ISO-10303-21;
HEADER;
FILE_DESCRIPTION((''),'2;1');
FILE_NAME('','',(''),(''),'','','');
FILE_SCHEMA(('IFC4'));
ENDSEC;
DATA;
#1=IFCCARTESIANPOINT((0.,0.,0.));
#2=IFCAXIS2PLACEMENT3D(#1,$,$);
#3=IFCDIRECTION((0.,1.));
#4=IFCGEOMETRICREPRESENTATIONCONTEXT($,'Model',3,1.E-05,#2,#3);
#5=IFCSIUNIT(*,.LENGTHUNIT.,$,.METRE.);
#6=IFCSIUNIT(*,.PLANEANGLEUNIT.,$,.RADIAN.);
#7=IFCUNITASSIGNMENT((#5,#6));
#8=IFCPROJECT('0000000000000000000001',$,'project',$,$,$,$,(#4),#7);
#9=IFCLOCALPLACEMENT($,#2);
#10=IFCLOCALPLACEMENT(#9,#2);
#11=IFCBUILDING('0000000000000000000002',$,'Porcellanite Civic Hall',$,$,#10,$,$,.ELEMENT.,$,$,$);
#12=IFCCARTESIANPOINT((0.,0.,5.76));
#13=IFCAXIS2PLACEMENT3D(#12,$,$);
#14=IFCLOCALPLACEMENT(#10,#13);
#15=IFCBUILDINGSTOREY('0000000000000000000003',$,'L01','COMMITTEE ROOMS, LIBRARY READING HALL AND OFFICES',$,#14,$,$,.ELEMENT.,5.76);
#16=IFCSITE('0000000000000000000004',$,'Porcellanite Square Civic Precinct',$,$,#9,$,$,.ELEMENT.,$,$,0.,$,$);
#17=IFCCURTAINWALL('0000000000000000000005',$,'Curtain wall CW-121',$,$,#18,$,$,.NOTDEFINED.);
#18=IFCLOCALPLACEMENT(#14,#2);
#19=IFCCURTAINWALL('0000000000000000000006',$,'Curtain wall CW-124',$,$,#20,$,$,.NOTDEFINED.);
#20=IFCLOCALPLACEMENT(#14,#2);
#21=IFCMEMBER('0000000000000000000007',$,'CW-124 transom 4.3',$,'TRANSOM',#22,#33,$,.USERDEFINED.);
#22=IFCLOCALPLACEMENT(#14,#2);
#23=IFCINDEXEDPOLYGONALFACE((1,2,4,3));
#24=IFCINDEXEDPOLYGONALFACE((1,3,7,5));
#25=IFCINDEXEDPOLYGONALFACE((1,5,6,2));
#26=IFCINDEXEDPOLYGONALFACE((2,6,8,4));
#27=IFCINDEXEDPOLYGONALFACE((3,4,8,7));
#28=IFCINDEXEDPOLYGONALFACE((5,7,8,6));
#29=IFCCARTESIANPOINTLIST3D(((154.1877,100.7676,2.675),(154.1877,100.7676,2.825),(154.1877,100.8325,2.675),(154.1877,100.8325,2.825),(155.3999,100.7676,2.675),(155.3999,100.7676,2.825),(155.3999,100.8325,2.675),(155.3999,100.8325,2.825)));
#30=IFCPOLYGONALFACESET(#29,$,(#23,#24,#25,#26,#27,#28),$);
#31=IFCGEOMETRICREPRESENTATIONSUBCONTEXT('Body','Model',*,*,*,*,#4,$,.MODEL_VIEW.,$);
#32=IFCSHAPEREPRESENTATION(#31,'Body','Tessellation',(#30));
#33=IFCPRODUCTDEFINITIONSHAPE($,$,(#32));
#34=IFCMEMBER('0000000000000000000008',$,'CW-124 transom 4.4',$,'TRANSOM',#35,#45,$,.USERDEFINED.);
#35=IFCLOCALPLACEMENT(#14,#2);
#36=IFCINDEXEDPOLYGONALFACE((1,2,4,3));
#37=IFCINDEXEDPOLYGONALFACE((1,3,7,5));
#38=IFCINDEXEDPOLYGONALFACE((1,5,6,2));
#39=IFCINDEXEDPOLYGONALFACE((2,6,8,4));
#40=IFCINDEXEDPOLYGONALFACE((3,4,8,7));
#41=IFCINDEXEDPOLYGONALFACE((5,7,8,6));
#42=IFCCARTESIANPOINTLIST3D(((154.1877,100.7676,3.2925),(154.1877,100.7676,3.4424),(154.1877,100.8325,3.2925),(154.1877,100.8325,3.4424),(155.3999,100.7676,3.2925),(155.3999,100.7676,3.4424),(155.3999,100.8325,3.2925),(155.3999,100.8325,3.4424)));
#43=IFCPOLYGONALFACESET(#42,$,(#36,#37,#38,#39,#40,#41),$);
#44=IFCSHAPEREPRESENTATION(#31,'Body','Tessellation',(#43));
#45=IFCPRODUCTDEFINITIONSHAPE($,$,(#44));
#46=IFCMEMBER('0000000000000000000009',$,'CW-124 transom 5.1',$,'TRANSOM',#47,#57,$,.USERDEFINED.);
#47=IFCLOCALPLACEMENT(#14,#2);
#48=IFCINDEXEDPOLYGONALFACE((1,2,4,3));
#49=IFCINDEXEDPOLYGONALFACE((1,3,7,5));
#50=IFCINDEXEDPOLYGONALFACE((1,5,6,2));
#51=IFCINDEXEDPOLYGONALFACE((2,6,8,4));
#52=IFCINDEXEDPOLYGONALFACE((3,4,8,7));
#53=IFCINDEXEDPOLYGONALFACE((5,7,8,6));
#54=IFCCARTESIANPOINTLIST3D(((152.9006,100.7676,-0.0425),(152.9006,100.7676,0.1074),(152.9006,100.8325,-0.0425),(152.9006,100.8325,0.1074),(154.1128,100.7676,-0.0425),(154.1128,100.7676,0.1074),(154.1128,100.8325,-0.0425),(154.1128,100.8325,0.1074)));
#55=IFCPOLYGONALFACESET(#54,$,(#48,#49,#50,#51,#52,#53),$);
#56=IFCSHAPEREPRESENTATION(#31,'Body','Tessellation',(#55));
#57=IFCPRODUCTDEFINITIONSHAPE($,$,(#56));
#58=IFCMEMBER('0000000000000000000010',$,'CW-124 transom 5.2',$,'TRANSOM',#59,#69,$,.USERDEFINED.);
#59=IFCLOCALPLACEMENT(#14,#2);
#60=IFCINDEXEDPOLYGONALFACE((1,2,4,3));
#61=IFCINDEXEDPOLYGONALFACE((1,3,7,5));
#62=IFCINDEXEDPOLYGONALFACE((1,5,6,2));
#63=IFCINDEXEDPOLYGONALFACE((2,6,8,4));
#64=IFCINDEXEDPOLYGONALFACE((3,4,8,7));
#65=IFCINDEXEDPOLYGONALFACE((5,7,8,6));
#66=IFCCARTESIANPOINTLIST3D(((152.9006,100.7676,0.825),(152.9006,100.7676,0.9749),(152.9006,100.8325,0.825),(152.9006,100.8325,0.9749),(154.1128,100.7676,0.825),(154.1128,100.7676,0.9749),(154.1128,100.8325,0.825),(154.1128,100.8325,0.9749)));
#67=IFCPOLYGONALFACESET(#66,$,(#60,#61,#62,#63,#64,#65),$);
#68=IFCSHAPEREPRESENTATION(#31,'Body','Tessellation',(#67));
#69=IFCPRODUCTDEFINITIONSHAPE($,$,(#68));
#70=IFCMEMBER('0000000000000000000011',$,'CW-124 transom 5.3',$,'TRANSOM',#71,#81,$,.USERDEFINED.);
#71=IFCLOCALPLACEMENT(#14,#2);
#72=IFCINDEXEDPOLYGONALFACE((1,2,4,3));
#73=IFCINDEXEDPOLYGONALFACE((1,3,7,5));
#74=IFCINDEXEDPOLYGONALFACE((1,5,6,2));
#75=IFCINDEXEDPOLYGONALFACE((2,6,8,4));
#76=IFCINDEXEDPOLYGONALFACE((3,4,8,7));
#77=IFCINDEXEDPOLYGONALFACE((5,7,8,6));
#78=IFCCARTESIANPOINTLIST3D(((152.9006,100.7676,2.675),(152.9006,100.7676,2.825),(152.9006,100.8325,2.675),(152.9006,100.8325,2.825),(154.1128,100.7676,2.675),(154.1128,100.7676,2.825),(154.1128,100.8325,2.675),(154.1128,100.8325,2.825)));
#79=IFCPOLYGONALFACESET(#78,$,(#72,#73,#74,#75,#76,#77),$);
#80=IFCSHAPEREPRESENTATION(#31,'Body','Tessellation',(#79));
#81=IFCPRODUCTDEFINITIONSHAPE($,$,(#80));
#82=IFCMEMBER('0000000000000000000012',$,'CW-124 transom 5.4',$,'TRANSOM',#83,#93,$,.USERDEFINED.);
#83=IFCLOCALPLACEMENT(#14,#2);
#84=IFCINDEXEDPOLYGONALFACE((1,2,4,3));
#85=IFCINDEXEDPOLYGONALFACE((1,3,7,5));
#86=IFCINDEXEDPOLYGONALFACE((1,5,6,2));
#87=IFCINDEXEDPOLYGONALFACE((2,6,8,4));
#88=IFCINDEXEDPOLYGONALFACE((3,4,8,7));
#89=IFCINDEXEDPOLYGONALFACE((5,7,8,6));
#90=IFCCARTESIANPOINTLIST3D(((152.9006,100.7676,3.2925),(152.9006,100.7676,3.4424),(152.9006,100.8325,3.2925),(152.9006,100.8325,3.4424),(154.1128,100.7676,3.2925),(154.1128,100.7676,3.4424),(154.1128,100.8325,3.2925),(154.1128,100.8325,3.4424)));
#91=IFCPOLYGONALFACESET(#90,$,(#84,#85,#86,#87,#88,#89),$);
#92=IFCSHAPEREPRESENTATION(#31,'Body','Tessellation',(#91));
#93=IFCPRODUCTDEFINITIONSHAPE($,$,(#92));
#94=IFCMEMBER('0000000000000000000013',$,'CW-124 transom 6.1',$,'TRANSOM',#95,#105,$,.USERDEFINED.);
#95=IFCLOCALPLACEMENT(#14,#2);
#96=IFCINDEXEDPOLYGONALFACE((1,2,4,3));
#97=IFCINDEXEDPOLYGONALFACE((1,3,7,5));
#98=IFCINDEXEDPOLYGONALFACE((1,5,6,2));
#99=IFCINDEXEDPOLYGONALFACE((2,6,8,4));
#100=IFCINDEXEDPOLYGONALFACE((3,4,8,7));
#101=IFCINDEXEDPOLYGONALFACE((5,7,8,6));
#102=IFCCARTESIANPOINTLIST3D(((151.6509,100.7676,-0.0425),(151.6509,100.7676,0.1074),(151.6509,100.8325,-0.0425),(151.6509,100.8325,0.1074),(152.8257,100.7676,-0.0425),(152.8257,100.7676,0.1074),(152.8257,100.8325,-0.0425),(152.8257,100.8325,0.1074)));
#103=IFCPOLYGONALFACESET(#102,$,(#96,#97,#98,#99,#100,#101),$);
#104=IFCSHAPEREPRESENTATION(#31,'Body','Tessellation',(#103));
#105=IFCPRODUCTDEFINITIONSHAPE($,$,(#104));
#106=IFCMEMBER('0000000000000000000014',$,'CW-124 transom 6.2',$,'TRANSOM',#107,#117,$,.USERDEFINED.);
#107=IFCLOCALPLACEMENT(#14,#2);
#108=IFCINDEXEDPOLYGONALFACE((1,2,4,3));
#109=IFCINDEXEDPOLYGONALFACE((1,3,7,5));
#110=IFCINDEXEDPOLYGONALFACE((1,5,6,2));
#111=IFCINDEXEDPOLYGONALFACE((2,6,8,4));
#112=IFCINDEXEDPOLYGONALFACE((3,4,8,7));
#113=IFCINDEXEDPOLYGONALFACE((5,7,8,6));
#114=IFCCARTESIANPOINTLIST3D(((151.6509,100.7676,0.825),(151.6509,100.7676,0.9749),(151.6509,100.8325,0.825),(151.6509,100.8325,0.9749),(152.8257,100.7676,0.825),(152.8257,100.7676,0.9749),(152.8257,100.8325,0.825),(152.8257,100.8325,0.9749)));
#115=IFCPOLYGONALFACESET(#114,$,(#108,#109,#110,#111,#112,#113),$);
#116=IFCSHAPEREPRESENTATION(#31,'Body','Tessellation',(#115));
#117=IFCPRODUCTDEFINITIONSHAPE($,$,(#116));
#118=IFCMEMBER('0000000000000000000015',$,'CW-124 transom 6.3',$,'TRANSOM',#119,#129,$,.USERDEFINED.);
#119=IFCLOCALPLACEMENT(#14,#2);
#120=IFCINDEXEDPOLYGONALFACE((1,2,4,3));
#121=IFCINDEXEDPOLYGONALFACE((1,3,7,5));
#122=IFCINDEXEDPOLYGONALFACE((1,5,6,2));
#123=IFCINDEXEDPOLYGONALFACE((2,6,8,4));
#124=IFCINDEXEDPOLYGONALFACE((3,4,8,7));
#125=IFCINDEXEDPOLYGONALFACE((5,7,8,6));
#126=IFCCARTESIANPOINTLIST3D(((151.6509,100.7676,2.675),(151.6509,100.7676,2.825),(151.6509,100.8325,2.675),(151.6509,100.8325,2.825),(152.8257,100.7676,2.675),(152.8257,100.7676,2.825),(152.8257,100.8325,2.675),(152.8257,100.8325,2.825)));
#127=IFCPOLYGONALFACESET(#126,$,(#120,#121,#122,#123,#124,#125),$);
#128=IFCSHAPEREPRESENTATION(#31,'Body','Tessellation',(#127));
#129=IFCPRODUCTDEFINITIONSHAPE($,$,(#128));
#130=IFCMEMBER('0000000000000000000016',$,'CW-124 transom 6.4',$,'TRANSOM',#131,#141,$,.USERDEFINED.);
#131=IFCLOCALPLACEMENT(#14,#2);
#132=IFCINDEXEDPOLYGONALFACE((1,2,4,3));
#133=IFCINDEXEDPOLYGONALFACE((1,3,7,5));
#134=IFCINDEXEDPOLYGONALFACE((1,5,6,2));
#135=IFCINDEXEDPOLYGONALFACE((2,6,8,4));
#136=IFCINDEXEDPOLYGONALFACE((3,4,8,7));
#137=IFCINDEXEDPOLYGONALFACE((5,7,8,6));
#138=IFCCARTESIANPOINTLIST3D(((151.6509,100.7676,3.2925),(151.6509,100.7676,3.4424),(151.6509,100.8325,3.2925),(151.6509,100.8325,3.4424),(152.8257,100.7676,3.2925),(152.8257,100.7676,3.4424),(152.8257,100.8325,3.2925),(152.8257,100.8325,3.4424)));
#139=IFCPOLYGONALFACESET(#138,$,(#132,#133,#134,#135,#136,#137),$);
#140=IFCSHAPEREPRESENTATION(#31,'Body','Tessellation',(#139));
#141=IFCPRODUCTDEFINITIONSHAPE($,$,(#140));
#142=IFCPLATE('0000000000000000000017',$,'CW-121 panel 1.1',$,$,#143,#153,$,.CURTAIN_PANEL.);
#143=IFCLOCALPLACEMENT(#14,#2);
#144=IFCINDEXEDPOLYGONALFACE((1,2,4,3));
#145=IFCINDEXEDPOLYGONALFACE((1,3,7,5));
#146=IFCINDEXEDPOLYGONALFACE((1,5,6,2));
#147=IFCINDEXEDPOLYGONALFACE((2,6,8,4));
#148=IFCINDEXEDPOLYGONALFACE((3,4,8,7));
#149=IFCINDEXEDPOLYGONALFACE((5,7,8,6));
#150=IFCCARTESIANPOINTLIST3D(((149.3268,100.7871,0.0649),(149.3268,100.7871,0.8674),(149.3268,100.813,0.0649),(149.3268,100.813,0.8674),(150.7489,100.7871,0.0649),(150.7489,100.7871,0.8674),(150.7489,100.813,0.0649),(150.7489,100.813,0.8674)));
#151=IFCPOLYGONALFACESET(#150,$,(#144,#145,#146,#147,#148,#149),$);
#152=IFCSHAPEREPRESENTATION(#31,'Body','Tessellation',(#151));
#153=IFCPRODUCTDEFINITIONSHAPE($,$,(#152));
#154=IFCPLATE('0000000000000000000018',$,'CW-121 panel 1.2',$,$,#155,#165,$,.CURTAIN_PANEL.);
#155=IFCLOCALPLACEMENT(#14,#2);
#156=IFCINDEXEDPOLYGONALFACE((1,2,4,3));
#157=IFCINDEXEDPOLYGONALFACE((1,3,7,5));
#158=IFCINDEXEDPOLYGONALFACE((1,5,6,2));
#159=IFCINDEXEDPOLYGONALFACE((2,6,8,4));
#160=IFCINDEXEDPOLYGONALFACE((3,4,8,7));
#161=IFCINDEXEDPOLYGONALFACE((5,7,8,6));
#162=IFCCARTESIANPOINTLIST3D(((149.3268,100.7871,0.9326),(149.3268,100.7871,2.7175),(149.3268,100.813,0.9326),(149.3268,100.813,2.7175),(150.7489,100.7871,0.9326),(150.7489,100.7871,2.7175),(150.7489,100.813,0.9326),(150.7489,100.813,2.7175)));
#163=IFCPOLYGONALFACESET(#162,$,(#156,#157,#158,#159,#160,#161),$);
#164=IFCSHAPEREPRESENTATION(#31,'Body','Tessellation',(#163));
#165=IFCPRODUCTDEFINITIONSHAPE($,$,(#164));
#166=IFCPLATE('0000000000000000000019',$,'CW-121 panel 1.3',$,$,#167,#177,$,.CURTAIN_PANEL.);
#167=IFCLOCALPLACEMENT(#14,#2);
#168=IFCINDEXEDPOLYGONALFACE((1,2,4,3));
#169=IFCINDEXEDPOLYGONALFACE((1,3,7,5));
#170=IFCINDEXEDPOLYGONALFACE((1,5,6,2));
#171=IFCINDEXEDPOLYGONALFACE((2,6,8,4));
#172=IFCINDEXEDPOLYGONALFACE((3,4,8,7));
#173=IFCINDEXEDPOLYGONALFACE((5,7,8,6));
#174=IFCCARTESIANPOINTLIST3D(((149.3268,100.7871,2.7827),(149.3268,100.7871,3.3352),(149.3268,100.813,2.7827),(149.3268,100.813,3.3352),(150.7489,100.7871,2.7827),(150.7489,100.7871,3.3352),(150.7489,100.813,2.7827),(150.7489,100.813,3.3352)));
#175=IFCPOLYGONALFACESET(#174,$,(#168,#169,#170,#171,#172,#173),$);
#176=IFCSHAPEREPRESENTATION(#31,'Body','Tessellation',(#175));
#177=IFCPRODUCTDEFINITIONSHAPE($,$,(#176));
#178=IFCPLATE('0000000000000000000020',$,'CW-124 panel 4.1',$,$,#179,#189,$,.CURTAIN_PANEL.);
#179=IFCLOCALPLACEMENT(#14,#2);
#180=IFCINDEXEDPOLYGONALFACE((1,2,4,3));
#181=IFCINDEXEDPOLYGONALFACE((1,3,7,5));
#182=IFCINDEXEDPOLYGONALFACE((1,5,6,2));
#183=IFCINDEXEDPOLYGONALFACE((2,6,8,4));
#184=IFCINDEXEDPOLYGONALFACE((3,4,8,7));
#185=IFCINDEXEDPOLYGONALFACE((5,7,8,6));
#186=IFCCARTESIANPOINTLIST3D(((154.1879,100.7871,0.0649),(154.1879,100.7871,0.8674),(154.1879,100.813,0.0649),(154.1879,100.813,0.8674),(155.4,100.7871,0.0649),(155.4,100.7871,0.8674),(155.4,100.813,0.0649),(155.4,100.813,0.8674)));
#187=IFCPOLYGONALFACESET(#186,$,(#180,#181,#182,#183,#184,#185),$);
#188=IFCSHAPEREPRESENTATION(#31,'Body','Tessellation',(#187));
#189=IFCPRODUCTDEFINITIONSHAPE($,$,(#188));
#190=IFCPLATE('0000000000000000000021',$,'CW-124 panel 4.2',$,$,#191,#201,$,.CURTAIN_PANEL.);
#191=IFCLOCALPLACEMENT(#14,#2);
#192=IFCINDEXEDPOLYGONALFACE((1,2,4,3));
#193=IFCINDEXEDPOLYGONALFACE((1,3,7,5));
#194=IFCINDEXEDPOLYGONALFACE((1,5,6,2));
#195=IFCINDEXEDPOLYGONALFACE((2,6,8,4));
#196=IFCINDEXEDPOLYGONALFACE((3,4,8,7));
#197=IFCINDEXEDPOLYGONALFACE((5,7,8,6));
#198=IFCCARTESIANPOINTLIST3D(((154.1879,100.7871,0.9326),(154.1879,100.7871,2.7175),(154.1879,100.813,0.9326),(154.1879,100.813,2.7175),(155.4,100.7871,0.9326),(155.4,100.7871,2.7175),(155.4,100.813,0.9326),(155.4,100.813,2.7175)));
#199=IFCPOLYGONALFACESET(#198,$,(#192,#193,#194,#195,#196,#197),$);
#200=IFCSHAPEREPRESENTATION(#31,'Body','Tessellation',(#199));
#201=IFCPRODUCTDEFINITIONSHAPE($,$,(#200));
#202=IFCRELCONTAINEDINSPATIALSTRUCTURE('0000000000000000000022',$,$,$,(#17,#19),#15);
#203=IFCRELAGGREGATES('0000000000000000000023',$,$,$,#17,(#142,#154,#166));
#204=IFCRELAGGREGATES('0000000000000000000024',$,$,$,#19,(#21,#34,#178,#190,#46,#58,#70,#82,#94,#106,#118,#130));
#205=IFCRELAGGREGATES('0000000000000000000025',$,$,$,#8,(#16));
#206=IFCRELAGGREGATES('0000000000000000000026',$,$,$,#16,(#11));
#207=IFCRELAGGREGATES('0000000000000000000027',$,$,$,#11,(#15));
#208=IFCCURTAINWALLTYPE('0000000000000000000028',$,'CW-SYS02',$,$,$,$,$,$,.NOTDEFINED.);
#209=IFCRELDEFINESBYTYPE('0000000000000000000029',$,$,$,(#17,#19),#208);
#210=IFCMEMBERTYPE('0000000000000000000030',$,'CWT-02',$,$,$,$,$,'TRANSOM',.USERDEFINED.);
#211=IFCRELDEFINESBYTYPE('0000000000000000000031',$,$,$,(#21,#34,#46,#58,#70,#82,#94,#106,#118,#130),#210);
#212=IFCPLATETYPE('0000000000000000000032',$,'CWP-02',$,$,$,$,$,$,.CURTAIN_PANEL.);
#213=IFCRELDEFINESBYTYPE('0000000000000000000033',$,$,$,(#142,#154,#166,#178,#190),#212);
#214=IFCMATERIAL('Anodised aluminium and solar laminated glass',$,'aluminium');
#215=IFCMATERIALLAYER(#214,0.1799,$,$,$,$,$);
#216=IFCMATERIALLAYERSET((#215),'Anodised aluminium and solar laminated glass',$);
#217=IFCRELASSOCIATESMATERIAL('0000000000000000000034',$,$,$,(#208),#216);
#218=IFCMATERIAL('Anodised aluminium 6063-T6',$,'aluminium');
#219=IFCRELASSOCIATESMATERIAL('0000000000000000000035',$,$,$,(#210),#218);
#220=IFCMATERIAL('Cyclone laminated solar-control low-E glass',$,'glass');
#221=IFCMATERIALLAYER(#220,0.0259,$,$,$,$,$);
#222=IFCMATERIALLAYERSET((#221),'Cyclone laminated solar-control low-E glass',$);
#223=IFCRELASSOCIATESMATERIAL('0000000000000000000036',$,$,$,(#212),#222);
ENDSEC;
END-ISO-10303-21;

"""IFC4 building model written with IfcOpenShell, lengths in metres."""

from ifc_helpers import new_model, si_unit, direction, frame, origin, origin_2d, place, context, subcontext, project, spatial, rectangle, extrude, material, layer, layer_set, material_profile, profile_set, type_object, element, aggregate, save


model = new_model("IFC4")

# Units and contexts
model_context = context("Model", 3, precision=1e-05, world=origin(), true_north=direction((0.0, 1.0)))
body_context = subcontext(model_context, "Body", "Model", "MODEL_VIEW")
ifc_project = project(units=[si_unit("LENGTHUNIT", "METRE"), si_unit("PLANEANGLEUNIT", "RADIAN")], contexts=[model_context])

# Site, building, storey
site_placement = place(None, origin())
site = spatial("IfcSite", under=ifc_project, at=site_placement, Name="Porcellanite Square Civic Precinct", CompositionType="ELEMENT", RefElevation=0.0)
building_placement = place(site_placement, origin())
building = spatial("IfcBuilding", under=site, at=building_placement, Name="Porcellanite Civic Hall", CompositionType="ELEMENT")
storey_placement = place(building_placement, frame((0.0, 0.0, 5.76)))
storey = spatial("IfcBuildingStorey", under=building, at=storey_placement, Name="L01", Description="COMMITTEE ROOMS, LIBRARY READING HALL AND OFFICES", CompositionType="ELEMENT", Elevation=5.76)

# Curtain walls
ifc_material_1 = material(Name="Anodised aluminium and solar laminated glass", Category="aluminium")
ifc_layer_1 = layer(ifc_material_1, 0.1799)
ifc_layer_set_1 = layer_set([ifc_layer_1], Name="Anodised aluminium and solar laminated glass")
curtain_wall_type = type_object("IfcCurtainWallType", Name="CW-SYS02", PredefinedType="NOTDEFINED", material=ifc_layer_set_1)
curtain_wall_1_placement = place(storey_placement, origin())
curtain_wall_1 = element("IfcCurtainWall", 1, at=curtain_wall_1_placement, inside=storey, type_object=curtain_wall_type, Name="Curtain wall CW-121", PredefinedType="NOTDEFINED")
curtain_wall_2_placement = place(storey_placement, origin())
curtain_wall_2 = element("IfcCurtainWall", 2, at=curtain_wall_2_placement, inside=storey, type_object=curtain_wall_type, Name="Curtain wall CW-124", PredefinedType="NOTDEFINED")

# Members
ifc_material_2 = material(Name="Anodised aluminium 6063-T6", Category="aluminium")
ifc_material_profile_1 = material_profile(ifc_material_2, rectangle(XDim=0.0649, YDim=0.1499, at=origin_2d()), Name="AL-65x150")
ifc_profile_set_1 = profile_set([ifc_material_profile_1], Name="Anodised aluminium 6063-T6")
member_type_1 = type_object("IfcMemberType", Name="CWT-02", ElementType="TRANSOM", PredefinedType="USERDEFINED", material=ifc_profile_set_1)
member_1_placement = place(storey_placement, frame((155.3999, 100.8, 2.75), z_axis=(-1.0, 0.0, 0.0), x_axis=(0.0, -1.0, 0.0)))
member_1 = element("IfcMember", 3, at=member_1_placement, type_object=member_type_1, Name="CW-124 transom 4.3", ObjectType="TRANSOM", PredefinedType="USERDEFINED", context=body_context, shape_type="SweptSolid", body=[
    extrude(rectangle(XDim=0.0649, YDim=0.1499, at=origin_2d()), origin(), (0.0, 0.0, 1.0), 1.2122),
])
member_2_placement = place(storey_placement, frame((155.3999, 100.8, 3.3674), z_axis=(-1.0, 0.0, 0.0), x_axis=(0.0, -1.0, 0.0)))
member_2 = element("IfcMember", 4, at=member_2_placement, type_object=member_type_1, Name="CW-124 transom 4.4", ObjectType="TRANSOM", PredefinedType="USERDEFINED", context=body_context, shape_type="SweptSolid", body=[
    extrude(rectangle(XDim=0.0649, YDim=0.1499, at=origin_2d()), origin(), (0.0, 0.0, 1.0), 1.2122),
])
member_3_placement = place(storey_placement, frame((154.1128, 100.8, 0.0325), z_axis=(-1.0, 0.0, 0.0), x_axis=(0.0, -1.0, 0.0)))
member_3 = element("IfcMember", 5, at=member_3_placement, type_object=member_type_1, Name="CW-124 transom 5.1", ObjectType="TRANSOM", PredefinedType="USERDEFINED", context=body_context, shape_type="SweptSolid", body=[
    extrude(rectangle(XDim=0.0649, YDim=0.1499, at=origin_2d()), origin(), (0.0, 0.0, 1.0), 1.2122),
])
member_4_placement = place(storey_placement, frame((154.1128, 100.8, 0.8999), z_axis=(-1.0, 0.0, 0.0), x_axis=(0.0, -1.0, 0.0)))
member_4 = element("IfcMember", 6, at=member_4_placement, type_object=member_type_1, Name="CW-124 transom 5.2", ObjectType="TRANSOM", PredefinedType="USERDEFINED", context=body_context, shape_type="SweptSolid", body=[
    extrude(rectangle(XDim=0.0649, YDim=0.1499, at=origin_2d()), origin(), (0.0, 0.0, 1.0), 1.2122),
])
member_5_placement = place(storey_placement, frame((154.1128, 100.8, 2.75), z_axis=(-1.0, 0.0, 0.0), x_axis=(0.0, -1.0, 0.0)))
member_5 = element("IfcMember", 7, at=member_5_placement, type_object=member_type_1, Name="CW-124 transom 5.3", ObjectType="TRANSOM", PredefinedType="USERDEFINED", context=body_context, shape_type="SweptSolid", body=[
    extrude(rectangle(XDim=0.0649, YDim=0.1499, at=origin_2d()), origin(), (0.0, 0.0, 1.0), 1.2122),
])
member_6_placement = place(storey_placement, frame((154.1128, 100.8, 3.3674), z_axis=(-1.0, 0.0, 0.0), x_axis=(0.0, -1.0, 0.0)))
member_6 = element("IfcMember", 8, at=member_6_placement, type_object=member_type_1, Name="CW-124 transom 5.4", ObjectType="TRANSOM", PredefinedType="USERDEFINED", context=body_context, shape_type="SweptSolid", body=[
    extrude(rectangle(XDim=0.0649, YDim=0.1499, at=origin_2d()), origin(), (0.0, 0.0, 1.0), 1.2122),
])
member_7_placement = place(storey_placement, frame((152.8257, 100.8, 0.0325), z_axis=(-1.0, 0.0, 0.0), x_axis=(0.0, -1.0, 0.0)))
member_7 = element("IfcMember", 9, at=member_7_placement, type_object=member_type_1, Name="CW-124 transom 6.1", ObjectType="TRANSOM", PredefinedType="USERDEFINED", context=body_context, shape_type="SweptSolid", body=[
    extrude(rectangle(XDim=0.0649, YDim=0.1499, at=origin_2d()), origin(), (0.0, 0.0, 1.0), 1.1748),
])
member_8_placement = place(storey_placement, frame((152.8257, 100.8, 0.8999), z_axis=(-1.0, 0.0, 0.0), x_axis=(0.0, -1.0, 0.0)))
member_8 = element("IfcMember", 10, at=member_8_placement, type_object=member_type_1, Name="CW-124 transom 6.2", ObjectType="TRANSOM", PredefinedType="USERDEFINED", context=body_context, shape_type="SweptSolid", body=[
    extrude(rectangle(XDim=0.0649, YDim=0.1499, at=origin_2d()), origin(), (0.0, 0.0, 1.0), 1.1748),
])
member_9_placement = place(storey_placement, frame((152.8257, 100.8, 2.75), z_axis=(-1.0, 0.0, 0.0), x_axis=(0.0, -1.0, 0.0)))
member_9 = element("IfcMember", 11, at=member_9_placement, type_object=member_type_1, Name="CW-124 transom 6.3", ObjectType="TRANSOM", PredefinedType="USERDEFINED", context=body_context, shape_type="SweptSolid", body=[
    extrude(rectangle(XDim=0.0649, YDim=0.1499, at=origin_2d()), origin(), (0.0, 0.0, 1.0), 1.1748),
])
member_10_placement = place(storey_placement, frame((152.8257, 100.8, 3.3674), z_axis=(-1.0, 0.0, 0.0), x_axis=(0.0, -1.0, 0.0)))
member_10 = element("IfcMember", 12, at=member_10_placement, type_object=member_type_1, Name="CW-124 transom 6.4", ObjectType="TRANSOM", PredefinedType="USERDEFINED", context=body_context, shape_type="SweptSolid", body=[
    extrude(rectangle(XDim=0.0649, YDim=0.1499, at=origin_2d()), origin(), (0.0, 0.0, 1.0), 1.1748),
])

# Plates
ifc_material_3 = material(Name="Cyclone laminated solar-control low-E glass", Category="glass")
ifc_layer_2 = layer(ifc_material_3, 0.0259)
ifc_layer_set_2 = layer_set([ifc_layer_2], Name="Cyclone laminated solar-control low-E glass")
plate_type = type_object("IfcPlateType", Name="CWP-02", PredefinedType="CURTAIN_PANEL", material=ifc_layer_set_2)
plate_1_placement = place(storey_placement, frame((150.0378, 100.8, 0.0649), z_axis=(0.0, 0.0, 1.0), x_axis=(-1.0, 0.0, 0.0)))
plate_1 = element("IfcPlate", 13, at=plate_1_placement, type_object=plate_type, Name="CW-121 panel 1.1", PredefinedType="CURTAIN_PANEL", context=body_context, shape_type="SweptSolid", body=[
    extrude(rectangle(XDim=1.4221, YDim=0.0259, at=origin_2d()), origin(), (0.0, 0.0, 1.0), 0.8025),
])
plate_2_placement = place(storey_placement, frame((150.0378, 100.8, 0.9326), z_axis=(0.0, 0.0, 1.0), x_axis=(-1.0, 0.0, 0.0)))
plate_2 = element("IfcPlate", 14, at=plate_2_placement, type_object=plate_type, Name="CW-121 panel 1.2", PredefinedType="CURTAIN_PANEL", context=body_context, shape_type="SweptSolid", body=[
    extrude(rectangle(XDim=1.4221, YDim=0.0259, at=origin_2d()), origin(), (0.0, 0.0, 1.0), 1.7849),
])
plate_3_placement = place(storey_placement, frame((150.0378, 100.8, 2.7827), z_axis=(0.0, 0.0, 1.0), x_axis=(-1.0, 0.0, 0.0)))
plate_3 = element("IfcPlate", 15, at=plate_3_placement, type_object=plate_type, Name="CW-121 panel 1.3", PredefinedType="CURTAIN_PANEL", context=body_context, shape_type="SweptSolid", body=[
    extrude(rectangle(XDim=1.4221, YDim=0.0259, at=origin_2d()), origin(), (0.0, 0.0, 1.0), 0.5525),
])
aggregate(curtain_wall_1, [plate_1, plate_2, plate_3])
plate_4_placement = place(storey_placement, frame((154.7939, 100.8, 0.0649), z_axis=(0.0, 0.0, 1.0), x_axis=(-1.0, 0.0, 0.0)))
plate_4 = element("IfcPlate", 16, at=plate_4_placement, type_object=plate_type, Name="CW-124 panel 4.1", PredefinedType="CURTAIN_PANEL", context=body_context, shape_type="SweptSolid", body=[
    extrude(rectangle(XDim=1.2122, YDim=0.0259, at=origin_2d()), origin(), (0.0, 0.0, 1.0), 0.8025),
])
plate_5_placement = place(storey_placement, frame((154.7939, 100.8, 0.9326), z_axis=(0.0, 0.0, 1.0), x_axis=(-1.0, 0.0, 0.0)))
plate_5 = element("IfcPlate", 17, at=plate_5_placement, type_object=plate_type, Name="CW-124 panel 4.2", PredefinedType="CURTAIN_PANEL", context=body_context, shape_type="SweptSolid", body=[
    extrude(rectangle(XDim=1.2122, YDim=0.0259, at=origin_2d()), origin(), (0.0, 0.0, 1.0), 1.7849),
])
aggregate(curtain_wall_2, [member_1, member_2, plate_4, plate_5, member_3, member_4, member_5, member_6, member_7, member_8, member_9, member_10])

save(model, "model.ifc")
